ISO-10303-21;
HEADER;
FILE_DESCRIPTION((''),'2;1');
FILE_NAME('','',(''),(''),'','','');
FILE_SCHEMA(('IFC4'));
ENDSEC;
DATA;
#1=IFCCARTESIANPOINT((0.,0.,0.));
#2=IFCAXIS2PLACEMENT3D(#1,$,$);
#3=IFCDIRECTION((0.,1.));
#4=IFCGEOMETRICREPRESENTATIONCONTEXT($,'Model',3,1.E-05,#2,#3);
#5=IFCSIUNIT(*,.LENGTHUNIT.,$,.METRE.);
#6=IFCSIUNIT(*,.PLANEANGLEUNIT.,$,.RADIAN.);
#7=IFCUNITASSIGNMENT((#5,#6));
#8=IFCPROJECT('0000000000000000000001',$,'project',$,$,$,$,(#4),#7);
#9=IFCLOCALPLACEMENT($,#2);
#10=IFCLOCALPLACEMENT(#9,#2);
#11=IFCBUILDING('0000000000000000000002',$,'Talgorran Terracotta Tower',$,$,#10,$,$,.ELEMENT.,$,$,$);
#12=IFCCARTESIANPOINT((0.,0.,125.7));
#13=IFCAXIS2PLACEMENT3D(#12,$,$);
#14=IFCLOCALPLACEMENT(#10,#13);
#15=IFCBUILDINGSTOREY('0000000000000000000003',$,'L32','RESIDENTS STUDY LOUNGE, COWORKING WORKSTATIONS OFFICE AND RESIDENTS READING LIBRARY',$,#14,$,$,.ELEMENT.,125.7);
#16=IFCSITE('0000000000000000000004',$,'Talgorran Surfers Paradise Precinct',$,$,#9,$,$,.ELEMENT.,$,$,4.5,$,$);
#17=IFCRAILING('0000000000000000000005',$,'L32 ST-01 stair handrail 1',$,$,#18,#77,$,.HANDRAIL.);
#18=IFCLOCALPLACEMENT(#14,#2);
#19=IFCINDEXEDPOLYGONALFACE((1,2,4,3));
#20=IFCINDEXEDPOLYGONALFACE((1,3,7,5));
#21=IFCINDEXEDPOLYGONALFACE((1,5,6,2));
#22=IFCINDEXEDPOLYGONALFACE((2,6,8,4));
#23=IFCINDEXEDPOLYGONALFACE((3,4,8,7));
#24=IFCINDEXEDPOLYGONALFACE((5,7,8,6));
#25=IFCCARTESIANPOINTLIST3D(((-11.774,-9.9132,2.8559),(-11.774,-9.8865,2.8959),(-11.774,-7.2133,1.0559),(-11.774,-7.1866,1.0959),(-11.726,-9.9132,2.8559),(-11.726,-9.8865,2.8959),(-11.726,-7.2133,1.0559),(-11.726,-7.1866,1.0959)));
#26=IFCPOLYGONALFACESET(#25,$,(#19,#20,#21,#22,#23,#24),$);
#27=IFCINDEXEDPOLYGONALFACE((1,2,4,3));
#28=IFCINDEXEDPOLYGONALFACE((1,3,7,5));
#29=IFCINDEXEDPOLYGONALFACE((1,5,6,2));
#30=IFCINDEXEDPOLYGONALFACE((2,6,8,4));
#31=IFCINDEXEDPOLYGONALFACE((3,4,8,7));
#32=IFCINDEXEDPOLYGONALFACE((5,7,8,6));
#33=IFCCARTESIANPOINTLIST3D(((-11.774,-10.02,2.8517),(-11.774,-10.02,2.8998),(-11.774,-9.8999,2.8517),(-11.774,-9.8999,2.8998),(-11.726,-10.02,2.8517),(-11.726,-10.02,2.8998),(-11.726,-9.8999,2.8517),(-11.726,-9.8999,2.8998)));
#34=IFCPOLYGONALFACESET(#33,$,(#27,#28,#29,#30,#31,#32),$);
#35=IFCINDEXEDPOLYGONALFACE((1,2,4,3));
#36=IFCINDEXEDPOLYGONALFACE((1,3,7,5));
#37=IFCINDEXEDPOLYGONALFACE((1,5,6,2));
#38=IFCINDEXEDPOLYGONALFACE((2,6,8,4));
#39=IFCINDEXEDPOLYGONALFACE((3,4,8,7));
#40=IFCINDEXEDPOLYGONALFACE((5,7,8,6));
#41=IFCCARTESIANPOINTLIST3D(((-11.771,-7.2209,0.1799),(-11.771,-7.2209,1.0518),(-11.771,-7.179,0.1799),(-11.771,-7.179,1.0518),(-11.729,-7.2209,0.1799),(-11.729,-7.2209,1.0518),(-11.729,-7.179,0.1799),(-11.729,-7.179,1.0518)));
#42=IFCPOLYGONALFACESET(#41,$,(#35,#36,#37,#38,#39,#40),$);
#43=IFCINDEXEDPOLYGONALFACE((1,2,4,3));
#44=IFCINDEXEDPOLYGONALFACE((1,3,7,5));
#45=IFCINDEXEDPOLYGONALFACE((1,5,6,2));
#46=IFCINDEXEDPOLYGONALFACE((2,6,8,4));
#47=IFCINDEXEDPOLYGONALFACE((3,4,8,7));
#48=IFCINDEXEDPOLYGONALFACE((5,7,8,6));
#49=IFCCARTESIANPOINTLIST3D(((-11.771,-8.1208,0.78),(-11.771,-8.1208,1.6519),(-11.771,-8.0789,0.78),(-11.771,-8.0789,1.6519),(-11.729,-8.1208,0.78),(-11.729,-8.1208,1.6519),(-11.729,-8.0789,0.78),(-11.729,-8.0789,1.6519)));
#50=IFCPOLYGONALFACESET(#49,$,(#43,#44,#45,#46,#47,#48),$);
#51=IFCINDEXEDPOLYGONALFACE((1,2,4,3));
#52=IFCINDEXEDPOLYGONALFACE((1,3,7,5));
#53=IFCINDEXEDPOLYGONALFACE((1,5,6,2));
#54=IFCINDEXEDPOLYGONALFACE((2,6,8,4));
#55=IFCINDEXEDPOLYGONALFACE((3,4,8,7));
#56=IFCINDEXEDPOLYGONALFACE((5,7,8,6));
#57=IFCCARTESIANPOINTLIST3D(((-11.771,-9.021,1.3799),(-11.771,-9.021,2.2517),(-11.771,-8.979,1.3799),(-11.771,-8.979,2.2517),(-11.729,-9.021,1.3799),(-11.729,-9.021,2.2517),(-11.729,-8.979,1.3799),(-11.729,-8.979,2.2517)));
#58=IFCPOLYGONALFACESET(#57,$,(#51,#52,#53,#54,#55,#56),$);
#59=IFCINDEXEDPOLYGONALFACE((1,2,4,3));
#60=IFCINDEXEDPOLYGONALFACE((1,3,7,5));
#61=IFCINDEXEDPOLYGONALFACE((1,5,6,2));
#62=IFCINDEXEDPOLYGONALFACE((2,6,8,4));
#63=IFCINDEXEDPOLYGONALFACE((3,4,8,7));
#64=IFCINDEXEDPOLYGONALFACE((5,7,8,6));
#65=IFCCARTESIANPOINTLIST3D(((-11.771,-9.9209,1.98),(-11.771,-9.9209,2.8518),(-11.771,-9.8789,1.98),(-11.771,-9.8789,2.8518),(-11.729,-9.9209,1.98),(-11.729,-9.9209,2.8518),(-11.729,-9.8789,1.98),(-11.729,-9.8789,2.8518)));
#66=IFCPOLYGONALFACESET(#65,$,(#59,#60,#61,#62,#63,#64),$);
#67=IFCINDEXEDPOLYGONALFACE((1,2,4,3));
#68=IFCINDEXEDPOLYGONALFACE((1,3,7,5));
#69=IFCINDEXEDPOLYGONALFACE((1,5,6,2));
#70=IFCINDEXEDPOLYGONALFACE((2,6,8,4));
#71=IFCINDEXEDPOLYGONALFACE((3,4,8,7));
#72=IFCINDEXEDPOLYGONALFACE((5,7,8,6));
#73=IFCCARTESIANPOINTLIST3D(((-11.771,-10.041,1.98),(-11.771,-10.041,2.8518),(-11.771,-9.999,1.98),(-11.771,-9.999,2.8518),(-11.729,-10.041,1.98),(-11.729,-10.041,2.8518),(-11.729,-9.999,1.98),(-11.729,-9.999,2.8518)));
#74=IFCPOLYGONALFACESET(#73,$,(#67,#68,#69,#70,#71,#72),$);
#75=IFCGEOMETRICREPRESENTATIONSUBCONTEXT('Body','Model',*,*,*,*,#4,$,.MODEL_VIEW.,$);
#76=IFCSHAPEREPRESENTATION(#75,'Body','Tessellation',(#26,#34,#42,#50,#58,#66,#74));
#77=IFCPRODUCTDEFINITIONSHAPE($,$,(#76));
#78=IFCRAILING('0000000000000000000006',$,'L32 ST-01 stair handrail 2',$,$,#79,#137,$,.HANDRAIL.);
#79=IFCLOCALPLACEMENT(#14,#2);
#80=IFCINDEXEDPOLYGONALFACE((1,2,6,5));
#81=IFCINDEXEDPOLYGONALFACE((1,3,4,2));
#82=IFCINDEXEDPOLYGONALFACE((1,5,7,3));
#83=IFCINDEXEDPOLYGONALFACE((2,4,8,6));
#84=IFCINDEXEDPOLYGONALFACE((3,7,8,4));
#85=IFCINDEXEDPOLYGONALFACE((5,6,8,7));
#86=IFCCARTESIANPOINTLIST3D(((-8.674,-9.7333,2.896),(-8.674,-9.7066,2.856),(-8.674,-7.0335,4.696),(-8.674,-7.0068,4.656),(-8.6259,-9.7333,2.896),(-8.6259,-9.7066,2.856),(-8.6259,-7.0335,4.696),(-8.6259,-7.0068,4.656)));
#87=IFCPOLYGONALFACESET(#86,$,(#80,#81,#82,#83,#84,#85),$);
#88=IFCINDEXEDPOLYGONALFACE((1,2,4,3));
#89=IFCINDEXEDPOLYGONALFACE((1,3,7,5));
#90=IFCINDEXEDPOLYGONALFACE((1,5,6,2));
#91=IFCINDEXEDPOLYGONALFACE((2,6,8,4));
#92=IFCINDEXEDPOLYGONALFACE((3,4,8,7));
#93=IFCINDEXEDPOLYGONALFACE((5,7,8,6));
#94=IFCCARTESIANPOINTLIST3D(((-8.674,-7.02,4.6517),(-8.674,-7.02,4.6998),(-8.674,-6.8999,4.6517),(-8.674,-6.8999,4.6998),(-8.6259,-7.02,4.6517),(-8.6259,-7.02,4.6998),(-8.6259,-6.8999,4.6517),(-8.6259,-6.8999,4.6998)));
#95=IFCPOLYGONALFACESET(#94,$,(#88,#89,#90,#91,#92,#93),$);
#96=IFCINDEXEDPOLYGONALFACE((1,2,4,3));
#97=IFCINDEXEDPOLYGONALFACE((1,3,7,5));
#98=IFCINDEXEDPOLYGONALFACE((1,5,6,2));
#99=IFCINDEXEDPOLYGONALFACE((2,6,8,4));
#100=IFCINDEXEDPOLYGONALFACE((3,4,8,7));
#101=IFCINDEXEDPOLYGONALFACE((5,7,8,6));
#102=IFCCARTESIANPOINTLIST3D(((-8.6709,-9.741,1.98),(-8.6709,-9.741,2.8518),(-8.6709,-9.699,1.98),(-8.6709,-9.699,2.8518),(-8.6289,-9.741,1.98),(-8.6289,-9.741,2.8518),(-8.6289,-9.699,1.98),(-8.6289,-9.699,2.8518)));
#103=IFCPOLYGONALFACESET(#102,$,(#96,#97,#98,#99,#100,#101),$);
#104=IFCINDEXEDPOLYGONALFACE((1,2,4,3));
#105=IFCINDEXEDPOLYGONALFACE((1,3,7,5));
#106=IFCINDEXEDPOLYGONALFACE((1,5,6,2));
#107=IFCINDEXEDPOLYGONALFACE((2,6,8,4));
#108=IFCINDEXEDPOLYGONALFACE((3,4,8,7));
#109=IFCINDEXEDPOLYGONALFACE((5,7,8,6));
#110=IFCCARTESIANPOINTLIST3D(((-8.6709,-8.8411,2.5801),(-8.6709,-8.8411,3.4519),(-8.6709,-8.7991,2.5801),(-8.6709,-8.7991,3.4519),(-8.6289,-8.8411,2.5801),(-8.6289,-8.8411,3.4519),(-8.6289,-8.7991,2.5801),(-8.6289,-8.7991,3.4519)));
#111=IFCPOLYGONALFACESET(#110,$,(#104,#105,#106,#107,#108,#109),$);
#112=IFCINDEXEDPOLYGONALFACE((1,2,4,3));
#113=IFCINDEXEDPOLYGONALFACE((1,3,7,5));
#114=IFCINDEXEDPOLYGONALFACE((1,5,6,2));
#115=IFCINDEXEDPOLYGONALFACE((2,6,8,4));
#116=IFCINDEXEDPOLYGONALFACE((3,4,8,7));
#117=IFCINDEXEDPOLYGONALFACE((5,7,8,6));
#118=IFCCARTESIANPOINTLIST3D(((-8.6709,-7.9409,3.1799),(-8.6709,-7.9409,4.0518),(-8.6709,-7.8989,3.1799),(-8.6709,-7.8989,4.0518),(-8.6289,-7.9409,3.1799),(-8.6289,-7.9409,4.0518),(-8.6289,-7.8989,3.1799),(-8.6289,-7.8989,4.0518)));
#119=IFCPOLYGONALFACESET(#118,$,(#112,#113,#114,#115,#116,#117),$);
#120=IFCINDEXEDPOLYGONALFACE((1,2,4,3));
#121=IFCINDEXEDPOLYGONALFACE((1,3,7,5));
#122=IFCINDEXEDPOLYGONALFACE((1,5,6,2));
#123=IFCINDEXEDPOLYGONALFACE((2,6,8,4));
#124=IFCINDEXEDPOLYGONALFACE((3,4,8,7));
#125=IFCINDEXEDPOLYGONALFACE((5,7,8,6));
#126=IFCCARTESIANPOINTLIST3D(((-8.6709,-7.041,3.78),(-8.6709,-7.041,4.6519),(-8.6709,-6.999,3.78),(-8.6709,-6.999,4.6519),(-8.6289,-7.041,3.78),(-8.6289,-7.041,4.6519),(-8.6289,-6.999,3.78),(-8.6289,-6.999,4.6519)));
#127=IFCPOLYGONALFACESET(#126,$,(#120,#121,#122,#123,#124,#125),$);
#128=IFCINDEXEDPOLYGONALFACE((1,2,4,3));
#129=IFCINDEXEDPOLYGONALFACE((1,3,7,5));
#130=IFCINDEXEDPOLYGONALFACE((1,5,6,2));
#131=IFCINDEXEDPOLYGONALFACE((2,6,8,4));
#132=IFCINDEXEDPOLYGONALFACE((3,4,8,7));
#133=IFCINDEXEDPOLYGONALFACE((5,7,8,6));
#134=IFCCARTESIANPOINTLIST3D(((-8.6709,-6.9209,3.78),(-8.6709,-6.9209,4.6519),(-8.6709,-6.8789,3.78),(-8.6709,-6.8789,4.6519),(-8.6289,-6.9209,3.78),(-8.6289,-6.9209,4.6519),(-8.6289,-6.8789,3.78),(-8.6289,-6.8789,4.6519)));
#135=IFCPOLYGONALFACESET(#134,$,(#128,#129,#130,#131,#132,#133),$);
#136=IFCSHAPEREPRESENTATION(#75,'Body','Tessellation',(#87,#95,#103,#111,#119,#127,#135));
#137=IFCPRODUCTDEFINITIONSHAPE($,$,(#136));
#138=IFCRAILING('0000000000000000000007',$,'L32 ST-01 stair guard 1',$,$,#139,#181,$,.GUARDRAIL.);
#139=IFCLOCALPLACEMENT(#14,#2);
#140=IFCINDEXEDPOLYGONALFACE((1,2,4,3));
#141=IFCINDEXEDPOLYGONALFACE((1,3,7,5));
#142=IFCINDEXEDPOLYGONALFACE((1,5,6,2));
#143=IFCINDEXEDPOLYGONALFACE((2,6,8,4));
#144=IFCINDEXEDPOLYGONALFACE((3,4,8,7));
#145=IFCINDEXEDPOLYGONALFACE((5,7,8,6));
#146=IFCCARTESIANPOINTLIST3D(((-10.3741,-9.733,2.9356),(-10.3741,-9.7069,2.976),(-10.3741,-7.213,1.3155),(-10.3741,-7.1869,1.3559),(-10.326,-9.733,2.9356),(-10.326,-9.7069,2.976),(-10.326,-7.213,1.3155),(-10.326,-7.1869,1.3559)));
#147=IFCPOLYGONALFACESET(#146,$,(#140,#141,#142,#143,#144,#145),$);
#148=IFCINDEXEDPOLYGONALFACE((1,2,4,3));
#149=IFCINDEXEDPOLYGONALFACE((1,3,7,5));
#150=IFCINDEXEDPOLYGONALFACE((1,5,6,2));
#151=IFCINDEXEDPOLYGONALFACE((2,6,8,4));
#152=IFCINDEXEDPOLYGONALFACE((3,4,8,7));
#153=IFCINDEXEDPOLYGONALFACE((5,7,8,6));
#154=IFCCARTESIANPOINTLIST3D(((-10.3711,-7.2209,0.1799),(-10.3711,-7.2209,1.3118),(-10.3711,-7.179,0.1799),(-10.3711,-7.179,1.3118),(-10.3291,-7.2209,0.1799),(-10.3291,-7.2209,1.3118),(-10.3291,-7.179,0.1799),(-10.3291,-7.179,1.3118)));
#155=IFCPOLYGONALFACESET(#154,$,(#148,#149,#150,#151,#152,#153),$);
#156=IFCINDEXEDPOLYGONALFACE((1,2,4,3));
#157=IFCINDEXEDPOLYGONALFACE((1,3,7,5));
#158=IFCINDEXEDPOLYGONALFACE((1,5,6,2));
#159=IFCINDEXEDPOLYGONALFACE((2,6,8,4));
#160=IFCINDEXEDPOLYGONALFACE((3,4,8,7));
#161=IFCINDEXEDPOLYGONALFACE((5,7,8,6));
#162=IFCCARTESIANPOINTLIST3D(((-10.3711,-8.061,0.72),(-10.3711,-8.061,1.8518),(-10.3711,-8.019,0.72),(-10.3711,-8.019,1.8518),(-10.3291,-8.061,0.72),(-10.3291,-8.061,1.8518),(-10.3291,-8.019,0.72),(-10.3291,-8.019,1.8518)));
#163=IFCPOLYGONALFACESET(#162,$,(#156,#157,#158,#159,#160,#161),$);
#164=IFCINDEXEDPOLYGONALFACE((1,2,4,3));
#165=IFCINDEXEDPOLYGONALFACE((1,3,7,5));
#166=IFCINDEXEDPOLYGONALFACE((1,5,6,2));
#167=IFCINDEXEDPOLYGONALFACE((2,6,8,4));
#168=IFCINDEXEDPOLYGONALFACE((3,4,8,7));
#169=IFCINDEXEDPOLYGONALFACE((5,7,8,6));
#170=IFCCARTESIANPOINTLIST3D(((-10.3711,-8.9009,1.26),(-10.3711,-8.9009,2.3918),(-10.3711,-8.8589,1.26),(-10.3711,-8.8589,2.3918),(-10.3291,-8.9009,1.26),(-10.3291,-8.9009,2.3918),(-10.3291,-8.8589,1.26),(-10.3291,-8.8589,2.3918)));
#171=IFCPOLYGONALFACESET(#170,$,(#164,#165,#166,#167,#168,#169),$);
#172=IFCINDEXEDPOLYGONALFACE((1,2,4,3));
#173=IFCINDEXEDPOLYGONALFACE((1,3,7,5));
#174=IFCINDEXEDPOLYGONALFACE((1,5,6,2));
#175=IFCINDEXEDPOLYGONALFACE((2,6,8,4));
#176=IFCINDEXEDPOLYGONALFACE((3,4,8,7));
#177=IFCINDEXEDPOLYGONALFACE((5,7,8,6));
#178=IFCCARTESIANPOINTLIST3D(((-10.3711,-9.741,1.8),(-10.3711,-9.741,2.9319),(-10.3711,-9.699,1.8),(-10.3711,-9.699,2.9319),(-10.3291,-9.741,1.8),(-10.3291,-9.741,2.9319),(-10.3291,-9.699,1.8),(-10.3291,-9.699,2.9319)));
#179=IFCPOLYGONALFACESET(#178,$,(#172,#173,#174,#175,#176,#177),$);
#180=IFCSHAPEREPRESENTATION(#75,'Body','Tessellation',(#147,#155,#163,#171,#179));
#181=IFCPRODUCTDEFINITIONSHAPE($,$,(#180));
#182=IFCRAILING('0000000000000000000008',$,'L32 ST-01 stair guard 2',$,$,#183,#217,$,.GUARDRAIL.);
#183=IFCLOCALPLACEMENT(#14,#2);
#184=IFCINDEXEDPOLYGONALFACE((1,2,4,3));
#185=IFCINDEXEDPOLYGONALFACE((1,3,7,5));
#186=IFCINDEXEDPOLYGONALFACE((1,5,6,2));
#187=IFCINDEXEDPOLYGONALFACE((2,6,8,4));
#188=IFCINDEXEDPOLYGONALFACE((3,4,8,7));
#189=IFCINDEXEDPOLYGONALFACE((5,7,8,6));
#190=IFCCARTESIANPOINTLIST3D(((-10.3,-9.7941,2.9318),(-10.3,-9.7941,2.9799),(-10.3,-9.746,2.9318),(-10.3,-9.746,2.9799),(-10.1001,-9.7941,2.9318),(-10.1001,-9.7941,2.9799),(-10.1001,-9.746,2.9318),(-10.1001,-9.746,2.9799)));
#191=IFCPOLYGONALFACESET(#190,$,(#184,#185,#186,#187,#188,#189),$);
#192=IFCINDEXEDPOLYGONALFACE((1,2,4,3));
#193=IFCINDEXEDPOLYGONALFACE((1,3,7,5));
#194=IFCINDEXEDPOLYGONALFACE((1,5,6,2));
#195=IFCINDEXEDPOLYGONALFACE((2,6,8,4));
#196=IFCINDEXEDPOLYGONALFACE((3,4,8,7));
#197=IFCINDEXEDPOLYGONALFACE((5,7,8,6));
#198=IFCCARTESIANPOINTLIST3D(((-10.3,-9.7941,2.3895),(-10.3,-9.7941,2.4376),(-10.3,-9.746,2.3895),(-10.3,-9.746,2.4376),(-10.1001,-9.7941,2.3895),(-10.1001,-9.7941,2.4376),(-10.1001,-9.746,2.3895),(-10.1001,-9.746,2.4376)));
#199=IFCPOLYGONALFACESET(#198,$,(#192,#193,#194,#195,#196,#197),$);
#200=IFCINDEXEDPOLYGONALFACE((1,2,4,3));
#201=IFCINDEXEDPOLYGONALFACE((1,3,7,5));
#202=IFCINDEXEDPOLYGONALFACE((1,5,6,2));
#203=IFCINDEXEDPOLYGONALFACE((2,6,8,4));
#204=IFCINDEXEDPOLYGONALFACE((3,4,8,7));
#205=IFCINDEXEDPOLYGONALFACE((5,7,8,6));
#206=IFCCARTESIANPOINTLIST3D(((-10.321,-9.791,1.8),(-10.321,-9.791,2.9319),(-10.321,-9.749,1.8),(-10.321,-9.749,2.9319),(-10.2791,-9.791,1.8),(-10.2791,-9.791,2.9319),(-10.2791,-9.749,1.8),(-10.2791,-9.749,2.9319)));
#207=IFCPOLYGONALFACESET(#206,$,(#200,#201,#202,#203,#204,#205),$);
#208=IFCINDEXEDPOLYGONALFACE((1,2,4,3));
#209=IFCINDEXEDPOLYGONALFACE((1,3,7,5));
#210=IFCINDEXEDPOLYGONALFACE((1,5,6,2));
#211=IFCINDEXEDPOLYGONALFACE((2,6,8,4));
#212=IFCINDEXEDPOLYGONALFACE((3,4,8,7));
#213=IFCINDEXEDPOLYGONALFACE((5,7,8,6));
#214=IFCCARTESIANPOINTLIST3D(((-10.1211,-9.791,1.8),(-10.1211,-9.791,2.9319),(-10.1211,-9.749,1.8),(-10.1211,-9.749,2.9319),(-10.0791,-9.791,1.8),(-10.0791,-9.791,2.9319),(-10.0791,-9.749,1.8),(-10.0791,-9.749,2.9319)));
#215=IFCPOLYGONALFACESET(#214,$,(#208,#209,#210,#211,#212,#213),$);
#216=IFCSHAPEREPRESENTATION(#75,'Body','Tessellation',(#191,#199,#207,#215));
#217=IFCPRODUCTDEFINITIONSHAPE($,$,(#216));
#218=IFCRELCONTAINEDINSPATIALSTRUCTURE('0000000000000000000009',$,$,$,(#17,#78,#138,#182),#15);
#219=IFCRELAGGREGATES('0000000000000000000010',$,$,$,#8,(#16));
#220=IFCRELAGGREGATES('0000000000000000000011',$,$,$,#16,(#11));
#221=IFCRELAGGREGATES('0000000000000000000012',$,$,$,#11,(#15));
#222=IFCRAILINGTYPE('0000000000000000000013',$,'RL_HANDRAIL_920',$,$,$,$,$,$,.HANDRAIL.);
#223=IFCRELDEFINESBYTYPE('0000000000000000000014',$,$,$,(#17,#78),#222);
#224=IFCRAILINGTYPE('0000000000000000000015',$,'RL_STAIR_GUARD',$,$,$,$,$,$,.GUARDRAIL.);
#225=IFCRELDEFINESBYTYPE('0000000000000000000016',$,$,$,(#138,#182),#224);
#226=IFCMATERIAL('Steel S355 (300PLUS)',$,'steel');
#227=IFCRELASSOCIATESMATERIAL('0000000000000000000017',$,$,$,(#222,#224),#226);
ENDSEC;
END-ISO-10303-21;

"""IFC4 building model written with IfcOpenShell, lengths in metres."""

from ifc_helpers import new_model, si_unit, direction, frame, origin, origin_2d, place, context, subcontext, project, spatial, rectangle, extrude, material, type_object, element, save


model = new_model("IFC4")

# Units and contexts
model_context = context("Model", 3, precision=1e-05, world=origin(), true_north=direction((0.0, 1.0)))
body_context = subcontext(model_context, "Body", "Model", "MODEL_VIEW")
ifc_project = project(units=[si_unit("LENGTHUNIT", "METRE"), si_unit("PLANEANGLEUNIT", "RADIAN")], contexts=[model_context])

# Site, building, storey
site_placement = place(None, origin())
site = spatial("IfcSite", under=ifc_project, at=site_placement, Name="Talgorran Surfers Paradise Precinct", CompositionType="ELEMENT", RefElevation=4.5)
building_placement = place(site_placement, origin())
building = spatial("IfcBuilding", under=site, at=building_placement, Name="Talgorran Terracotta Tower", CompositionType="ELEMENT")
storey_placement = place(building_placement, frame((0.0, 0.0, 125.7)))
storey = spatial("IfcBuildingStorey", under=building, at=storey_placement, Name="L32", Description="RESIDENTS STUDY LOUNGE, COWORKING WORKSTATIONS OFFICE AND RESIDENTS READING LIBRARY", CompositionType="ELEMENT", Elevation=125.7)

# Railings
ifc_material_1 = material(Name="Steel S355 (300PLUS)", Category="steel")
railing_type_1 = type_object("IfcRailingType", Name="RL_HANDRAIL_920", PredefinedType="HANDRAIL", material=ifc_material_1)
railing_1_placement = place(storey_placement, frame((-11.75, -7.2, 0.1799)))
element("IfcRailing", 1, at=railing_1_placement, inside=storey, type_object=railing_type_1, Name="L32 ST-01 stair handrail 1", PredefinedType="HANDRAIL", context=body_context, shape_type="SweptSolid", body=[
    extrude(rectangle(XDim=0.0481, YDim=0.0481, at=origin_2d()), frame((0.0, 0.0, 0.896), z_axis=(0.0, -0.832039, 0.554718), x_axis=(1.0, 0.0, 0.0)), (0.0, 0.0, 1.0), 3.2449),
    extrude(rectangle(XDim=0.0481, YDim=0.0481, at=origin_2d()), frame((0.0, -2.7, 2.6958), z_axis=(0.0, -1.0, 0.0), x_axis=(1.0, 0.0, 0.0)), (0.0, 0.0, 1.0), 0.1201),
    extrude(rectangle(XDim=0.042, YDim=0.042, at=origin_2d()), origin(), (0.0, 0.0, 1.0), 0.8718),
    extrude(rectangle(XDim=0.042, YDim=0.042, at=origin_2d()), frame((0.0, -0.8999, 0.6001)), (0.0, 0.0, 1.0), 0.8718),
    extrude(rectangle(XDim=0.042, YDim=0.042, at=origin_2d()), frame((0.0, -1.8, 1.2)), (0.0, 0.0, 1.0), 0.8718),
    extrude(rectangle(XDim=0.042, YDim=0.042, at=origin_2d()), frame((0.0, -2.7, 1.8)), (0.0, 0.0, 1.0), 0.8718),
    extrude(rectangle(XDim=0.042, YDim=0.042, at=origin_2d()), frame((0.0, -2.8201, 1.8)), (0.0, 0.0, 1.0), 0.8718),
])
railing_2_placement = place(storey_placement, frame((-8.6499, -9.72, 1.98)))
element("IfcRailing", 2, at=railing_2_placement, inside=storey, type_object=railing_type_1, Name="L32 ST-01 stair handrail 2", PredefinedType="HANDRAIL", context=body_context, shape_type="SweptSolid", body=[
    extrude(rectangle(XDim=0.0481, YDim=0.0481, at=origin_2d()), frame((0.0, 0.0, 0.896), z_axis=(0.0, 0.832039, 0.554718), x_axis=(-1.0, 0.0, 0.0)), (0.0, 0.0, 1.0), 3.2449),
    extrude(rectangle(XDim=0.0481, YDim=0.0481, at=origin_2d()), frame((0.0, 2.7, 2.6958), z_axis=(0.0, 1.0, 0.0), x_axis=(-1.0, 0.0, 0.0)), (0.0, 0.0, 1.0), 0.1201),
    extrude(rectangle(XDim=0.042, YDim=0.042, at=origin_2d()), origin(), (0.0, 0.0, 1.0), 0.8718),
    extrude(rectangle(XDim=0.042, YDim=0.042, at=origin_2d()), frame((0.0, 0.8999, 0.6001)), (0.0, 0.0, 1.0), 0.8718),
    extrude(rectangle(XDim=0.042, YDim=0.042, at=origin_2d()), frame((0.0, 1.8, 1.2)), (0.0, 0.0, 1.0), 0.8718),
    extrude(rectangle(XDim=0.042, YDim=0.042, at=origin_2d()), frame((0.0, 2.7, 1.8)), (0.0, 0.0, 1.0), 0.8718),
    extrude(rectangle(XDim=0.042, YDim=0.042, at=origin_2d()), frame((0.0, 2.8201, 1.8)), (0.0, 0.0, 1.0), 0.8718),
])
railing_type_2 = type_object("IfcRailingType", Name="RL_STAIR_GUARD", PredefinedType="GUARDRAIL", material=ifc_material_1)
railing_3_placement = place(storey_placement, frame((-10.3501, -7.2, 0.1799)))
element("IfcRailing", 3, at=railing_3_placement, inside=storey, type_object=railing_type_2, Name="L32 ST-01 stair guard 1", PredefinedType="GUARDRAIL", context=body_context, shape_type="SweptSolid", body=[
    extrude(rectangle(XDim=0.0481, YDim=0.0481, at=origin_2d()), frame((0.0, 0.0, 1.1558), z_axis=(0.0, -0.841163, 0.540782), x_axis=(1.0, 0.0, 0.0)), (0.0, 0.0, 1.0), 2.9958),
    extrude(rectangle(XDim=0.042, YDim=0.042, at=origin_2d()), origin(), (0.0, 0.0, 1.0), 1.1318),
    extrude(rectangle(XDim=0.042, YDim=0.042, at=origin_2d()), frame((0.0, -0.8401, 0.54)), (0.0, 0.0, 1.0), 1.1318),
    extrude(rectangle(XDim=0.042, YDim=0.042, at=origin_2d()), frame((0.0, -1.6799, 1.0801)), (0.0, 0.0, 1.0), 1.1318),
    extrude(rectangle(XDim=0.042, YDim=0.042, at=origin_2d()), frame((0.0, -2.52, 1.6201)), (0.0, 0.0, 1.0), 1.1318),
])
railing_4_placement = place(storey_placement, frame((-10.3, -9.77, 1.8)))
element("IfcRailing", 4, at=railing_4_placement, inside=storey, type_object=railing_type_2, Name="L32 ST-01 stair guard 2", PredefinedType="GUARDRAIL", context=body_context, shape_type="SweptSolid", body=[
    extrude(rectangle(XDim=0.0481, YDim=0.0481, at=origin_2d()), frame((0.0, 0.0, 1.1558), z_axis=(1.0, 0.0, 0.0), x_axis=(0.0, 1.0, 0.0)), (0.0, 0.0, 1.0), 0.2),
    extrude(rectangle(XDim=0.0481, YDim=0.0481, at=origin_2d()), frame((0.0, 0.0, 0.6135), z_axis=(1.0, 0.0, 0.0), x_axis=(0.0, 1.0, 0.0)), (0.0, 0.0, 1.0), 0.2),
    extrude(rectangle(XDim=0.042, YDim=0.042, at=origin_2d()), origin(), (0.0, 0.0, 1.0), 1.1318),
    extrude(rectangle(XDim=0.042, YDim=0.042, at=origin_2d()), frame((0.2, 0.0, 0.0)), (0.0, 0.0, 1.0), 1.1318),
])

save(model, "model.ifc")
